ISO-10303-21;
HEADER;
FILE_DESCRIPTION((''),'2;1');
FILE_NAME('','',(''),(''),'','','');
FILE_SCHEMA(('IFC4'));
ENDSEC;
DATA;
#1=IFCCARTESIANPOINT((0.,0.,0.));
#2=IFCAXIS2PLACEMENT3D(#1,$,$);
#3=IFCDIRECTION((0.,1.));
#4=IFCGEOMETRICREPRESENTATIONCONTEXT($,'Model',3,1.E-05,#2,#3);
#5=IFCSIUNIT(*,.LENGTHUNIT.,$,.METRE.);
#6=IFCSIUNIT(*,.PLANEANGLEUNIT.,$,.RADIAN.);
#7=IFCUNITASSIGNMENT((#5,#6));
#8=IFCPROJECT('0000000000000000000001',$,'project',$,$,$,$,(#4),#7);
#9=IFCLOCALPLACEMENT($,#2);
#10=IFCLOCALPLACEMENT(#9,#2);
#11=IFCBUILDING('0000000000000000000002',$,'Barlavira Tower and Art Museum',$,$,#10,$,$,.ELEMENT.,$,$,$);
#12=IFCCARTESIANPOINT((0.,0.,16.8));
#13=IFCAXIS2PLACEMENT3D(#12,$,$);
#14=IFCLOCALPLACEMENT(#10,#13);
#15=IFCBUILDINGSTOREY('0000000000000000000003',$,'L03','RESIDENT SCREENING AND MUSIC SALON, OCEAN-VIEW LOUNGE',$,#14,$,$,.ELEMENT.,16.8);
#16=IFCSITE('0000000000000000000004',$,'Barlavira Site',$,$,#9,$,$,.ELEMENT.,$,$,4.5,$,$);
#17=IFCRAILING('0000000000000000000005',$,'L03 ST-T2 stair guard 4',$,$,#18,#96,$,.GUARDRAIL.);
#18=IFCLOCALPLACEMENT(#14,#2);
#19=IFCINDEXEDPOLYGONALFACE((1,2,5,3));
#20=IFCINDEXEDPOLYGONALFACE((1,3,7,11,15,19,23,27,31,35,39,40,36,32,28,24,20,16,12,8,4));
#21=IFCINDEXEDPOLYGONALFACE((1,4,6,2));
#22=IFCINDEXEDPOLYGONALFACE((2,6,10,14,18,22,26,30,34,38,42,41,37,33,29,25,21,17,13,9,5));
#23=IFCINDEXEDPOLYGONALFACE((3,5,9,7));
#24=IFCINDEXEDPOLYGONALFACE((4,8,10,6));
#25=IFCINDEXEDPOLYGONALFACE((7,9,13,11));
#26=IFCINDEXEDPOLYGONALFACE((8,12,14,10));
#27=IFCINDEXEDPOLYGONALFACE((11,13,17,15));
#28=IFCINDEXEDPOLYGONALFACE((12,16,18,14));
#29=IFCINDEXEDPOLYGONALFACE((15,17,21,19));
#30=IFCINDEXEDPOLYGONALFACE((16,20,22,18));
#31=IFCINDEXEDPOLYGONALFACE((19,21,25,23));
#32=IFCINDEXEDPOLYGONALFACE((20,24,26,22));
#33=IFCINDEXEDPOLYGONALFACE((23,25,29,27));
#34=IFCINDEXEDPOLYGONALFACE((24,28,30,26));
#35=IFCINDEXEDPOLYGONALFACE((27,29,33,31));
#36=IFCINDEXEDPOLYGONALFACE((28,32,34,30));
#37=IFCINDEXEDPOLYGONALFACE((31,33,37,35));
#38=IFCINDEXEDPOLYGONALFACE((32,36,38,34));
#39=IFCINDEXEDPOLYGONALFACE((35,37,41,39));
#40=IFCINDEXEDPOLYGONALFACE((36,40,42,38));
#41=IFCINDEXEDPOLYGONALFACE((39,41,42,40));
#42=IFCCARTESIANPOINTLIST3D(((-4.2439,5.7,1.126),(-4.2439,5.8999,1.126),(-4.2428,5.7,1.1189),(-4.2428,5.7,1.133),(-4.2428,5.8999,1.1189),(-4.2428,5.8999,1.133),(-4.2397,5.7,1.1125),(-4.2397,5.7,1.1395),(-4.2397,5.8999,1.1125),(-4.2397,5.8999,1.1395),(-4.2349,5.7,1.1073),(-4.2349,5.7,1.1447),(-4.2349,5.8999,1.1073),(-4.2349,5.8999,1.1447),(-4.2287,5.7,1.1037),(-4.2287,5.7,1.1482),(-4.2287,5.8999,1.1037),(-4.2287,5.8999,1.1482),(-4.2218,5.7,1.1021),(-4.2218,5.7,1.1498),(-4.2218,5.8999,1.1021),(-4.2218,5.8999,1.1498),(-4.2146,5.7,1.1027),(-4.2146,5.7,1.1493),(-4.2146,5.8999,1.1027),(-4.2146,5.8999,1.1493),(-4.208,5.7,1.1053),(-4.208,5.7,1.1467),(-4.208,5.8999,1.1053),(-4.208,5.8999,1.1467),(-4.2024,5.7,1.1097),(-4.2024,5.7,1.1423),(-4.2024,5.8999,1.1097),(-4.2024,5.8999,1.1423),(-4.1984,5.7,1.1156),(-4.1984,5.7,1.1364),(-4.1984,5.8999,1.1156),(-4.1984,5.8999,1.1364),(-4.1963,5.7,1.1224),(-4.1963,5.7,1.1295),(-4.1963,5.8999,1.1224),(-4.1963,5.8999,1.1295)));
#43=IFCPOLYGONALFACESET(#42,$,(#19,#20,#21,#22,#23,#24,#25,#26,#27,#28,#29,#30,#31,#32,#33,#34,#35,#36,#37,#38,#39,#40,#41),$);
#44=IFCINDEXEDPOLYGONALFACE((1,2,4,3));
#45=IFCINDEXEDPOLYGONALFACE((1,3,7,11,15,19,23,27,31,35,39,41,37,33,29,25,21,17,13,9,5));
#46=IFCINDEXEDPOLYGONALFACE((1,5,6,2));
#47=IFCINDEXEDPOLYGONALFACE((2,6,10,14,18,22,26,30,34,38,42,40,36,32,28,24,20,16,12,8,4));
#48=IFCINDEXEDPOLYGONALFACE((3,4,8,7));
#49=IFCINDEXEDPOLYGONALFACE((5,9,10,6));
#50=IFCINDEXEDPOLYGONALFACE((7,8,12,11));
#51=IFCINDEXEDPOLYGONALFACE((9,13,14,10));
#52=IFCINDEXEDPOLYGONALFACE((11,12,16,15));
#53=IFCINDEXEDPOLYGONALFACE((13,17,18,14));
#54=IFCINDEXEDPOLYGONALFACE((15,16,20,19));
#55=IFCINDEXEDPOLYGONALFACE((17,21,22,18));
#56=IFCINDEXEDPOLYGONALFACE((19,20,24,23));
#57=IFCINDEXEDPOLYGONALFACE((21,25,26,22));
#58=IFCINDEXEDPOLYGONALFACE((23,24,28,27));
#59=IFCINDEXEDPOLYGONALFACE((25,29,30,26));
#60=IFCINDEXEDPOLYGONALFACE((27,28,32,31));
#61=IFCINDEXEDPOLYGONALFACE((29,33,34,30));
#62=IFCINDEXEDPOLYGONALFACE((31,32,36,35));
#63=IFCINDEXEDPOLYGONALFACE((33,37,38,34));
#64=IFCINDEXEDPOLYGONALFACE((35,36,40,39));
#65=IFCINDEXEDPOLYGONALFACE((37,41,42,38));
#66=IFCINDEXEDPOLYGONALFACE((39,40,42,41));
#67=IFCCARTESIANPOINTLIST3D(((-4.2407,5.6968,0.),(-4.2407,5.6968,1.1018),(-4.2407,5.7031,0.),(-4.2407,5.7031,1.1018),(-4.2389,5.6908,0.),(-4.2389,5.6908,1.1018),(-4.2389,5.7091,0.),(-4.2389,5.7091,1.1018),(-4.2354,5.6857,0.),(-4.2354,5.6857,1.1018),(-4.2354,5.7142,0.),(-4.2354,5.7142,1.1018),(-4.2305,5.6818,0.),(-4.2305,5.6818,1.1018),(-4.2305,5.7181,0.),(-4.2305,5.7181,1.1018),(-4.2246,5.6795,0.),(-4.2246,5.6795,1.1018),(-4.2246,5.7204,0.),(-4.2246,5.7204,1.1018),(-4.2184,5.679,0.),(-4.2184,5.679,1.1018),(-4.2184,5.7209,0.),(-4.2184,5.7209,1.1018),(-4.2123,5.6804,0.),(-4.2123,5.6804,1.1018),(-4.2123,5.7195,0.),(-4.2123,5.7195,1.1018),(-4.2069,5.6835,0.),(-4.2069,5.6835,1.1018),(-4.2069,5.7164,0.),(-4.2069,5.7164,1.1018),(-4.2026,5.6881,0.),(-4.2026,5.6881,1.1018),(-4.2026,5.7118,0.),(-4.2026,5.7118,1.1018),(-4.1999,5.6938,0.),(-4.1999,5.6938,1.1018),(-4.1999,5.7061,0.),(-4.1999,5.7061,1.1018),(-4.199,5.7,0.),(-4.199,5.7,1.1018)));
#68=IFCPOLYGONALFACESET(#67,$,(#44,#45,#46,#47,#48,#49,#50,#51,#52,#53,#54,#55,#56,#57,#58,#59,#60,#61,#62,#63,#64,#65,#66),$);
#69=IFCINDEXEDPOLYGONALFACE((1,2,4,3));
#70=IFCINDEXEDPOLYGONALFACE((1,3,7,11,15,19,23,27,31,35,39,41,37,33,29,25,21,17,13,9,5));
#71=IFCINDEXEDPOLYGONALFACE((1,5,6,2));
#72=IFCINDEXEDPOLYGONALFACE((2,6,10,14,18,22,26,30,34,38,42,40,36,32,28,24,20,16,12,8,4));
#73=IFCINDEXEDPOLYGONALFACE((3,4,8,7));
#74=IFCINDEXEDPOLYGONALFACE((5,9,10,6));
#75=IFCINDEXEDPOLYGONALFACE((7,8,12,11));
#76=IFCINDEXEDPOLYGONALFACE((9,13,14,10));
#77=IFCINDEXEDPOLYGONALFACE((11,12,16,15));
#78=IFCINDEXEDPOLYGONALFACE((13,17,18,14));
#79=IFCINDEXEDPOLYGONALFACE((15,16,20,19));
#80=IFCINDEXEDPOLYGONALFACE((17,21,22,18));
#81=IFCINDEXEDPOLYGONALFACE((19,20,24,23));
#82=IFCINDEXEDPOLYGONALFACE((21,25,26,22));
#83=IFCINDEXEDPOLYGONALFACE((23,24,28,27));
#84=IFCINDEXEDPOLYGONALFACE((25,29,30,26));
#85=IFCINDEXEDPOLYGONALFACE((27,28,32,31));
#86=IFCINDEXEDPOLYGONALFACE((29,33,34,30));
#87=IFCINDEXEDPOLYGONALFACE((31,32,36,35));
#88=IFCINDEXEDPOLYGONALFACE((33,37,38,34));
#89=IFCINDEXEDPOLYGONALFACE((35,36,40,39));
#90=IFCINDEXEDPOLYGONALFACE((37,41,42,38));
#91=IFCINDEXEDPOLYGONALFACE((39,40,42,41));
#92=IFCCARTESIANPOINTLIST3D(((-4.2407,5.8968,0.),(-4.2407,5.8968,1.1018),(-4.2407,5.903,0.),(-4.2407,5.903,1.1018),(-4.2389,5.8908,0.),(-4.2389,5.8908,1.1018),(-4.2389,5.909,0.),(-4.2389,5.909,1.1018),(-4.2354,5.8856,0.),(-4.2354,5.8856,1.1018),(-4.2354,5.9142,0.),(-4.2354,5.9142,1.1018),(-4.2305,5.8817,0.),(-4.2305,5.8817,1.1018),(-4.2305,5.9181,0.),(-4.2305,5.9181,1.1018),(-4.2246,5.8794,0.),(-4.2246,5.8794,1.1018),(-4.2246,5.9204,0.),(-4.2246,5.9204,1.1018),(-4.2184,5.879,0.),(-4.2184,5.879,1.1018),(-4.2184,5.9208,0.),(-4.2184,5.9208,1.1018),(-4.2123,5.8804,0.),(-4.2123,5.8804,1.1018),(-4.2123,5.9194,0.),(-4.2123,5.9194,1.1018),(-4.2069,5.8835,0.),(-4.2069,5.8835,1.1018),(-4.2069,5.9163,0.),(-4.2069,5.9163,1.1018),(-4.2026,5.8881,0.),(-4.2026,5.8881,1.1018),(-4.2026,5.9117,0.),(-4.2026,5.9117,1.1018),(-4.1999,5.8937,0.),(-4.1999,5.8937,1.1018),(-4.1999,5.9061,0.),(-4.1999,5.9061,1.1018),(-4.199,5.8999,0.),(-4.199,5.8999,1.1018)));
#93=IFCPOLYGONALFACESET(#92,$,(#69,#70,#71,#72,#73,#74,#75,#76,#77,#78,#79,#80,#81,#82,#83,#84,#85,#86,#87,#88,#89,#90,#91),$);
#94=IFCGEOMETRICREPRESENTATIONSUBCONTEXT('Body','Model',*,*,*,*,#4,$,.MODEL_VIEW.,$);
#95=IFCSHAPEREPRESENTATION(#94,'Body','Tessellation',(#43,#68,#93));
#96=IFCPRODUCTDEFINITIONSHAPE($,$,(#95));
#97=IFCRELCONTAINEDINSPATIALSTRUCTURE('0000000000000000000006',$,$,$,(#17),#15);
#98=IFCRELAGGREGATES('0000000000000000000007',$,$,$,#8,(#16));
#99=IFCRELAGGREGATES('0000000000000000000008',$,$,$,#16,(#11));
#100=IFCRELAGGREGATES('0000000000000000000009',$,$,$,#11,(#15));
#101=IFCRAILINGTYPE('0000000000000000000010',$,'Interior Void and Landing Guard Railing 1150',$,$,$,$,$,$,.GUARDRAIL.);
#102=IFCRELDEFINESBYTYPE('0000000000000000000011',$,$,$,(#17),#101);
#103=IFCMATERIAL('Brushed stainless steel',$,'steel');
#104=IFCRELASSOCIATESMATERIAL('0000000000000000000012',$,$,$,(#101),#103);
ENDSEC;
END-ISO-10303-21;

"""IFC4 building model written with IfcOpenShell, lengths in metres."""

from ifc_helpers import new_model, si_unit, direction, frame, origin, origin_2d, place, context, subcontext, project, spatial, circle, extrude, material, type_object, element, save


model = new_model("IFC4")

# Units and contexts
model_context = context("Model", 3, precision=1e-05, world=origin(), true_north=direction((0.0, 1.0)))
body_context = subcontext(model_context, "Body", "Model", "MODEL_VIEW")
ifc_project = project(units=[si_unit("LENGTHUNIT", "METRE"), si_unit("PLANEANGLEUNIT", "RADIAN")], contexts=[model_context])

# Site, building, storey
site_placement = place(None, origin())
site = spatial("IfcSite", under=ifc_project, at=site_placement, Name="Barlavira Site", CompositionType="ELEMENT", RefElevation=4.5)
building_placement = place(site_placement, origin())
building = spatial("IfcBuilding", under=site, at=building_placement, Name="Barlavira Tower and Art Museum", CompositionType="ELEMENT")
storey_placement = place(building_placement, frame((0.0, 0.0, 16.8)))
storey = spatial("IfcBuildingStorey", under=building, at=storey_placement, Name="L03", Description="RESIDENT SCREENING AND MUSIC SALON, OCEAN-VIEW LOUNGE", CompositionType="ELEMENT", Elevation=16.8)

# Shared definitions
ifc_material_1 = material(Name="Brushed stainless steel", Category="steel")

# Railing
railing_type_1 = type_object("IfcRailingType", Name="Interior Void and Landing Guard Railing 1150", PredefinedType="GUARDRAIL", material=ifc_material_1)
railing_1_placement = place(storey_placement, frame((-4.22, 5.7, 0.0)))
element("IfcRailing", 1, at=railing_1_placement, inside=storey, type_object=railing_type_1, Name="L03 ST-T2 stair guard 4", PredefinedType="GUARDRAIL", context=body_context, shape_type="SweptSolid", body=[
    extrude(circle(Radius=0.0239, at=origin_2d()), frame((0.0, 0.0, 1.126), z_axis=(0.0, 1.0, 0.0), x_axis=(-1.0, 0.0, 0.0)), (0.0, 0.0, 1.0), 0.2),
    extrude(circle(Radius=0.021, at=origin_2d()), origin(), (0.0, 0.0, 1.0), 1.1018),
    extrude(circle(Radius=0.021, at=origin_2d()), frame((0.0, 0.2, 0.0)), (0.0, 0.0, 1.0), 1.1018),
])

save(model, "model.ifc")
